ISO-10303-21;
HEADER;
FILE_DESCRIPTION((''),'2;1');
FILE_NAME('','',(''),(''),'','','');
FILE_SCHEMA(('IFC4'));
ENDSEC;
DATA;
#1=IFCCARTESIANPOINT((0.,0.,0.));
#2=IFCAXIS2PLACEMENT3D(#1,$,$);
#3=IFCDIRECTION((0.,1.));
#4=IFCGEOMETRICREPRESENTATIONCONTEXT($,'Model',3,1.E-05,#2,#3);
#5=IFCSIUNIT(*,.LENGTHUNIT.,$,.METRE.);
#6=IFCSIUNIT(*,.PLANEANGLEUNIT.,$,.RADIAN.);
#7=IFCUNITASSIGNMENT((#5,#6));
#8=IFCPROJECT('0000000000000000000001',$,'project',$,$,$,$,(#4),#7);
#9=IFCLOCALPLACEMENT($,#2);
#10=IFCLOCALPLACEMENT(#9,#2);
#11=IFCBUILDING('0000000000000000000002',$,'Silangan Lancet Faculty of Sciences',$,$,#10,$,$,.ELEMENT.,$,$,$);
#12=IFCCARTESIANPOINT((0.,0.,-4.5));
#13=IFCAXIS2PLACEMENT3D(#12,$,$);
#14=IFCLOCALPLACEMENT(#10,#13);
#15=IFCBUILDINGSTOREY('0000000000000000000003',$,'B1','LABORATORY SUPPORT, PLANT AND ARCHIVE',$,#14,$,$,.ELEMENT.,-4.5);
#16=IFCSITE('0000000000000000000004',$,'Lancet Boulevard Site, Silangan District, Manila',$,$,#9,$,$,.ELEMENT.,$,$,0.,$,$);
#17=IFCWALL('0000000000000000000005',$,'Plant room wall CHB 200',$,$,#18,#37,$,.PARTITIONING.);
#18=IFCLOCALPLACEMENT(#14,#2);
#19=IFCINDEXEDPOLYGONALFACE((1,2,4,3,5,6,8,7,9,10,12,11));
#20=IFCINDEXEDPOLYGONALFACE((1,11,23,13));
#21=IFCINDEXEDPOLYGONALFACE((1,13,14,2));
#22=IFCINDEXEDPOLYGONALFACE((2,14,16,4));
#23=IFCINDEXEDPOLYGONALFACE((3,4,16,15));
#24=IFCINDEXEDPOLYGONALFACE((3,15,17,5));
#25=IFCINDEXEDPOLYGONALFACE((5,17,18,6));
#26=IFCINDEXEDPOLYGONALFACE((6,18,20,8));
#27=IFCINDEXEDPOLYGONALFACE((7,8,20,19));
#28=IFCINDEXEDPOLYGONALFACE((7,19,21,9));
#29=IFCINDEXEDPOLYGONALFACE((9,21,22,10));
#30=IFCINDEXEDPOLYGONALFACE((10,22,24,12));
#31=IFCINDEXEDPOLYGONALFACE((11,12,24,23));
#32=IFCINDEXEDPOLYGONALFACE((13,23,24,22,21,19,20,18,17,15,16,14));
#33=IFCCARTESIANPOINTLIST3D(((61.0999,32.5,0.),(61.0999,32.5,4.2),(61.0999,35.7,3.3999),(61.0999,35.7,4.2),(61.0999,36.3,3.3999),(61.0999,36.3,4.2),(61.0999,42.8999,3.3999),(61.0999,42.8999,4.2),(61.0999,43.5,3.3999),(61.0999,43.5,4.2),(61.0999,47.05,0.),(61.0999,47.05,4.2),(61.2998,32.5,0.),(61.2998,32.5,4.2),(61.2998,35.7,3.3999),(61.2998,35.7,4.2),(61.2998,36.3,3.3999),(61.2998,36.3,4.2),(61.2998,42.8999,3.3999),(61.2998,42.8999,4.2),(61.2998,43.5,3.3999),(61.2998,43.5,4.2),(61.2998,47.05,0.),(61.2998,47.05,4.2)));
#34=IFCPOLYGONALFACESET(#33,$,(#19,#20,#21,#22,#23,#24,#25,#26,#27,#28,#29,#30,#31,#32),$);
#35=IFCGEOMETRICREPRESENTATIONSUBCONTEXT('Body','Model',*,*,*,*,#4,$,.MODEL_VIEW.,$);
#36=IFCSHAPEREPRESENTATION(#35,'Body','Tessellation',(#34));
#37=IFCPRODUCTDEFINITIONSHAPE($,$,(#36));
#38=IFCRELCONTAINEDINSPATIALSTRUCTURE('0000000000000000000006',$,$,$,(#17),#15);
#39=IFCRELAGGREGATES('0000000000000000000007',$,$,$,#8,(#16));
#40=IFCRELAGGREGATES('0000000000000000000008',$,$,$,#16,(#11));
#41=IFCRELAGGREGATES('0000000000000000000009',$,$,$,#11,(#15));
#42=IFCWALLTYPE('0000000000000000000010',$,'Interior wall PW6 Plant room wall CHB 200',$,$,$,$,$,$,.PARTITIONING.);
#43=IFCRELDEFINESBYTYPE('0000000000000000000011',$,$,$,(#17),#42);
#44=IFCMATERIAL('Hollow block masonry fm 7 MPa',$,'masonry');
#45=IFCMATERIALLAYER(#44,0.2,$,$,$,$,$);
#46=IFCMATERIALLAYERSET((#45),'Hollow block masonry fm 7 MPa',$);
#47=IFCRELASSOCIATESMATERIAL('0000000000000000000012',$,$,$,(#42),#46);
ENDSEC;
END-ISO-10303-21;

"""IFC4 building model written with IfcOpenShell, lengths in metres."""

from ifc_helpers import new_model, si_unit, direction, frame, origin, place, context, subcontext, project, spatial, polyline, outline, extrude, material, layer, layer_set, type_object, element, save


model = new_model("IFC4")

# Units and contexts
model_context = context("Model", 3, precision=1e-05, world=origin(), true_north=direction((0.0, 1.0)))
body_context = subcontext(model_context, "Body", "Model", "MODEL_VIEW")
ifc_project = project(units=[si_unit("LENGTHUNIT", "METRE"), si_unit("PLANEANGLEUNIT", "RADIAN")], contexts=[model_context])

# Site, building, storey
site_placement = place(None, origin())
site = spatial("IfcSite", under=ifc_project, at=site_placement, Name="Lancet Boulevard Site, Silangan District, Manila", CompositionType="ELEMENT", RefElevation=0.0)
building_placement = place(site_placement, origin())
building = spatial("IfcBuilding", under=site, at=building_placement, Name="Silangan Lancet Faculty of Sciences", CompositionType="ELEMENT")
storey_placement = place(building_placement, frame((0.0, 0.0, -4.5)))
storey = spatial("IfcBuildingStorey", under=building, at=storey_placement, Name="B1", Description="LABORATORY SUPPORT, PLANT AND ARCHIVE", CompositionType="ELEMENT", Elevation=-4.5)

# Wall
ifc_material_1 = material(Name="Hollow block masonry fm 7 MPa", Category="masonry")
ifc_layer = layer(ifc_material_1, 0.2)
ifc_layer_set = layer_set([ifc_layer], Name="Hollow block masonry fm 7 MPa")
wall_type = type_object("IfcWallType", Name="Interior wall PW6 Plant room wall CHB 200", PredefinedType="PARTITIONING", material=ifc_layer_set)
wall_1_placement = place(storey_placement, frame((61.2, 32.5, 0.0), z_axis=(0.0, 0.0, 1.0), x_axis=(0.0, 1.0, 0.0)))
element("IfcWall", 1, at=wall_1_placement, inside=storey, type_object=wall_type, Name="Plant room wall CHB 200", PredefinedType="PARTITIONING", context=body_context, shape_type="SweptSolid", body=[
    extrude(outline(polyline([(0.0, 0.0), (14.55, 0.0), (14.55, 4.2), (11.0, 4.2), (11.0, 3.3999), (10.3999, 3.3999), (10.3999, 4.2), (3.8, 4.2), (3.8, 3.3999), (3.2, 3.3999), (3.2, 4.2), (0.0, 4.2), (0.0, 0.0)])), frame((0.0, 0.1001, 0.0), z_axis=(0.0, -1.0, 0.0), x_axis=(1.0, 0.0, 0.0)), (0.0, 0.0, 1.0), 0.2),
])

save(model, "model.ifc")
